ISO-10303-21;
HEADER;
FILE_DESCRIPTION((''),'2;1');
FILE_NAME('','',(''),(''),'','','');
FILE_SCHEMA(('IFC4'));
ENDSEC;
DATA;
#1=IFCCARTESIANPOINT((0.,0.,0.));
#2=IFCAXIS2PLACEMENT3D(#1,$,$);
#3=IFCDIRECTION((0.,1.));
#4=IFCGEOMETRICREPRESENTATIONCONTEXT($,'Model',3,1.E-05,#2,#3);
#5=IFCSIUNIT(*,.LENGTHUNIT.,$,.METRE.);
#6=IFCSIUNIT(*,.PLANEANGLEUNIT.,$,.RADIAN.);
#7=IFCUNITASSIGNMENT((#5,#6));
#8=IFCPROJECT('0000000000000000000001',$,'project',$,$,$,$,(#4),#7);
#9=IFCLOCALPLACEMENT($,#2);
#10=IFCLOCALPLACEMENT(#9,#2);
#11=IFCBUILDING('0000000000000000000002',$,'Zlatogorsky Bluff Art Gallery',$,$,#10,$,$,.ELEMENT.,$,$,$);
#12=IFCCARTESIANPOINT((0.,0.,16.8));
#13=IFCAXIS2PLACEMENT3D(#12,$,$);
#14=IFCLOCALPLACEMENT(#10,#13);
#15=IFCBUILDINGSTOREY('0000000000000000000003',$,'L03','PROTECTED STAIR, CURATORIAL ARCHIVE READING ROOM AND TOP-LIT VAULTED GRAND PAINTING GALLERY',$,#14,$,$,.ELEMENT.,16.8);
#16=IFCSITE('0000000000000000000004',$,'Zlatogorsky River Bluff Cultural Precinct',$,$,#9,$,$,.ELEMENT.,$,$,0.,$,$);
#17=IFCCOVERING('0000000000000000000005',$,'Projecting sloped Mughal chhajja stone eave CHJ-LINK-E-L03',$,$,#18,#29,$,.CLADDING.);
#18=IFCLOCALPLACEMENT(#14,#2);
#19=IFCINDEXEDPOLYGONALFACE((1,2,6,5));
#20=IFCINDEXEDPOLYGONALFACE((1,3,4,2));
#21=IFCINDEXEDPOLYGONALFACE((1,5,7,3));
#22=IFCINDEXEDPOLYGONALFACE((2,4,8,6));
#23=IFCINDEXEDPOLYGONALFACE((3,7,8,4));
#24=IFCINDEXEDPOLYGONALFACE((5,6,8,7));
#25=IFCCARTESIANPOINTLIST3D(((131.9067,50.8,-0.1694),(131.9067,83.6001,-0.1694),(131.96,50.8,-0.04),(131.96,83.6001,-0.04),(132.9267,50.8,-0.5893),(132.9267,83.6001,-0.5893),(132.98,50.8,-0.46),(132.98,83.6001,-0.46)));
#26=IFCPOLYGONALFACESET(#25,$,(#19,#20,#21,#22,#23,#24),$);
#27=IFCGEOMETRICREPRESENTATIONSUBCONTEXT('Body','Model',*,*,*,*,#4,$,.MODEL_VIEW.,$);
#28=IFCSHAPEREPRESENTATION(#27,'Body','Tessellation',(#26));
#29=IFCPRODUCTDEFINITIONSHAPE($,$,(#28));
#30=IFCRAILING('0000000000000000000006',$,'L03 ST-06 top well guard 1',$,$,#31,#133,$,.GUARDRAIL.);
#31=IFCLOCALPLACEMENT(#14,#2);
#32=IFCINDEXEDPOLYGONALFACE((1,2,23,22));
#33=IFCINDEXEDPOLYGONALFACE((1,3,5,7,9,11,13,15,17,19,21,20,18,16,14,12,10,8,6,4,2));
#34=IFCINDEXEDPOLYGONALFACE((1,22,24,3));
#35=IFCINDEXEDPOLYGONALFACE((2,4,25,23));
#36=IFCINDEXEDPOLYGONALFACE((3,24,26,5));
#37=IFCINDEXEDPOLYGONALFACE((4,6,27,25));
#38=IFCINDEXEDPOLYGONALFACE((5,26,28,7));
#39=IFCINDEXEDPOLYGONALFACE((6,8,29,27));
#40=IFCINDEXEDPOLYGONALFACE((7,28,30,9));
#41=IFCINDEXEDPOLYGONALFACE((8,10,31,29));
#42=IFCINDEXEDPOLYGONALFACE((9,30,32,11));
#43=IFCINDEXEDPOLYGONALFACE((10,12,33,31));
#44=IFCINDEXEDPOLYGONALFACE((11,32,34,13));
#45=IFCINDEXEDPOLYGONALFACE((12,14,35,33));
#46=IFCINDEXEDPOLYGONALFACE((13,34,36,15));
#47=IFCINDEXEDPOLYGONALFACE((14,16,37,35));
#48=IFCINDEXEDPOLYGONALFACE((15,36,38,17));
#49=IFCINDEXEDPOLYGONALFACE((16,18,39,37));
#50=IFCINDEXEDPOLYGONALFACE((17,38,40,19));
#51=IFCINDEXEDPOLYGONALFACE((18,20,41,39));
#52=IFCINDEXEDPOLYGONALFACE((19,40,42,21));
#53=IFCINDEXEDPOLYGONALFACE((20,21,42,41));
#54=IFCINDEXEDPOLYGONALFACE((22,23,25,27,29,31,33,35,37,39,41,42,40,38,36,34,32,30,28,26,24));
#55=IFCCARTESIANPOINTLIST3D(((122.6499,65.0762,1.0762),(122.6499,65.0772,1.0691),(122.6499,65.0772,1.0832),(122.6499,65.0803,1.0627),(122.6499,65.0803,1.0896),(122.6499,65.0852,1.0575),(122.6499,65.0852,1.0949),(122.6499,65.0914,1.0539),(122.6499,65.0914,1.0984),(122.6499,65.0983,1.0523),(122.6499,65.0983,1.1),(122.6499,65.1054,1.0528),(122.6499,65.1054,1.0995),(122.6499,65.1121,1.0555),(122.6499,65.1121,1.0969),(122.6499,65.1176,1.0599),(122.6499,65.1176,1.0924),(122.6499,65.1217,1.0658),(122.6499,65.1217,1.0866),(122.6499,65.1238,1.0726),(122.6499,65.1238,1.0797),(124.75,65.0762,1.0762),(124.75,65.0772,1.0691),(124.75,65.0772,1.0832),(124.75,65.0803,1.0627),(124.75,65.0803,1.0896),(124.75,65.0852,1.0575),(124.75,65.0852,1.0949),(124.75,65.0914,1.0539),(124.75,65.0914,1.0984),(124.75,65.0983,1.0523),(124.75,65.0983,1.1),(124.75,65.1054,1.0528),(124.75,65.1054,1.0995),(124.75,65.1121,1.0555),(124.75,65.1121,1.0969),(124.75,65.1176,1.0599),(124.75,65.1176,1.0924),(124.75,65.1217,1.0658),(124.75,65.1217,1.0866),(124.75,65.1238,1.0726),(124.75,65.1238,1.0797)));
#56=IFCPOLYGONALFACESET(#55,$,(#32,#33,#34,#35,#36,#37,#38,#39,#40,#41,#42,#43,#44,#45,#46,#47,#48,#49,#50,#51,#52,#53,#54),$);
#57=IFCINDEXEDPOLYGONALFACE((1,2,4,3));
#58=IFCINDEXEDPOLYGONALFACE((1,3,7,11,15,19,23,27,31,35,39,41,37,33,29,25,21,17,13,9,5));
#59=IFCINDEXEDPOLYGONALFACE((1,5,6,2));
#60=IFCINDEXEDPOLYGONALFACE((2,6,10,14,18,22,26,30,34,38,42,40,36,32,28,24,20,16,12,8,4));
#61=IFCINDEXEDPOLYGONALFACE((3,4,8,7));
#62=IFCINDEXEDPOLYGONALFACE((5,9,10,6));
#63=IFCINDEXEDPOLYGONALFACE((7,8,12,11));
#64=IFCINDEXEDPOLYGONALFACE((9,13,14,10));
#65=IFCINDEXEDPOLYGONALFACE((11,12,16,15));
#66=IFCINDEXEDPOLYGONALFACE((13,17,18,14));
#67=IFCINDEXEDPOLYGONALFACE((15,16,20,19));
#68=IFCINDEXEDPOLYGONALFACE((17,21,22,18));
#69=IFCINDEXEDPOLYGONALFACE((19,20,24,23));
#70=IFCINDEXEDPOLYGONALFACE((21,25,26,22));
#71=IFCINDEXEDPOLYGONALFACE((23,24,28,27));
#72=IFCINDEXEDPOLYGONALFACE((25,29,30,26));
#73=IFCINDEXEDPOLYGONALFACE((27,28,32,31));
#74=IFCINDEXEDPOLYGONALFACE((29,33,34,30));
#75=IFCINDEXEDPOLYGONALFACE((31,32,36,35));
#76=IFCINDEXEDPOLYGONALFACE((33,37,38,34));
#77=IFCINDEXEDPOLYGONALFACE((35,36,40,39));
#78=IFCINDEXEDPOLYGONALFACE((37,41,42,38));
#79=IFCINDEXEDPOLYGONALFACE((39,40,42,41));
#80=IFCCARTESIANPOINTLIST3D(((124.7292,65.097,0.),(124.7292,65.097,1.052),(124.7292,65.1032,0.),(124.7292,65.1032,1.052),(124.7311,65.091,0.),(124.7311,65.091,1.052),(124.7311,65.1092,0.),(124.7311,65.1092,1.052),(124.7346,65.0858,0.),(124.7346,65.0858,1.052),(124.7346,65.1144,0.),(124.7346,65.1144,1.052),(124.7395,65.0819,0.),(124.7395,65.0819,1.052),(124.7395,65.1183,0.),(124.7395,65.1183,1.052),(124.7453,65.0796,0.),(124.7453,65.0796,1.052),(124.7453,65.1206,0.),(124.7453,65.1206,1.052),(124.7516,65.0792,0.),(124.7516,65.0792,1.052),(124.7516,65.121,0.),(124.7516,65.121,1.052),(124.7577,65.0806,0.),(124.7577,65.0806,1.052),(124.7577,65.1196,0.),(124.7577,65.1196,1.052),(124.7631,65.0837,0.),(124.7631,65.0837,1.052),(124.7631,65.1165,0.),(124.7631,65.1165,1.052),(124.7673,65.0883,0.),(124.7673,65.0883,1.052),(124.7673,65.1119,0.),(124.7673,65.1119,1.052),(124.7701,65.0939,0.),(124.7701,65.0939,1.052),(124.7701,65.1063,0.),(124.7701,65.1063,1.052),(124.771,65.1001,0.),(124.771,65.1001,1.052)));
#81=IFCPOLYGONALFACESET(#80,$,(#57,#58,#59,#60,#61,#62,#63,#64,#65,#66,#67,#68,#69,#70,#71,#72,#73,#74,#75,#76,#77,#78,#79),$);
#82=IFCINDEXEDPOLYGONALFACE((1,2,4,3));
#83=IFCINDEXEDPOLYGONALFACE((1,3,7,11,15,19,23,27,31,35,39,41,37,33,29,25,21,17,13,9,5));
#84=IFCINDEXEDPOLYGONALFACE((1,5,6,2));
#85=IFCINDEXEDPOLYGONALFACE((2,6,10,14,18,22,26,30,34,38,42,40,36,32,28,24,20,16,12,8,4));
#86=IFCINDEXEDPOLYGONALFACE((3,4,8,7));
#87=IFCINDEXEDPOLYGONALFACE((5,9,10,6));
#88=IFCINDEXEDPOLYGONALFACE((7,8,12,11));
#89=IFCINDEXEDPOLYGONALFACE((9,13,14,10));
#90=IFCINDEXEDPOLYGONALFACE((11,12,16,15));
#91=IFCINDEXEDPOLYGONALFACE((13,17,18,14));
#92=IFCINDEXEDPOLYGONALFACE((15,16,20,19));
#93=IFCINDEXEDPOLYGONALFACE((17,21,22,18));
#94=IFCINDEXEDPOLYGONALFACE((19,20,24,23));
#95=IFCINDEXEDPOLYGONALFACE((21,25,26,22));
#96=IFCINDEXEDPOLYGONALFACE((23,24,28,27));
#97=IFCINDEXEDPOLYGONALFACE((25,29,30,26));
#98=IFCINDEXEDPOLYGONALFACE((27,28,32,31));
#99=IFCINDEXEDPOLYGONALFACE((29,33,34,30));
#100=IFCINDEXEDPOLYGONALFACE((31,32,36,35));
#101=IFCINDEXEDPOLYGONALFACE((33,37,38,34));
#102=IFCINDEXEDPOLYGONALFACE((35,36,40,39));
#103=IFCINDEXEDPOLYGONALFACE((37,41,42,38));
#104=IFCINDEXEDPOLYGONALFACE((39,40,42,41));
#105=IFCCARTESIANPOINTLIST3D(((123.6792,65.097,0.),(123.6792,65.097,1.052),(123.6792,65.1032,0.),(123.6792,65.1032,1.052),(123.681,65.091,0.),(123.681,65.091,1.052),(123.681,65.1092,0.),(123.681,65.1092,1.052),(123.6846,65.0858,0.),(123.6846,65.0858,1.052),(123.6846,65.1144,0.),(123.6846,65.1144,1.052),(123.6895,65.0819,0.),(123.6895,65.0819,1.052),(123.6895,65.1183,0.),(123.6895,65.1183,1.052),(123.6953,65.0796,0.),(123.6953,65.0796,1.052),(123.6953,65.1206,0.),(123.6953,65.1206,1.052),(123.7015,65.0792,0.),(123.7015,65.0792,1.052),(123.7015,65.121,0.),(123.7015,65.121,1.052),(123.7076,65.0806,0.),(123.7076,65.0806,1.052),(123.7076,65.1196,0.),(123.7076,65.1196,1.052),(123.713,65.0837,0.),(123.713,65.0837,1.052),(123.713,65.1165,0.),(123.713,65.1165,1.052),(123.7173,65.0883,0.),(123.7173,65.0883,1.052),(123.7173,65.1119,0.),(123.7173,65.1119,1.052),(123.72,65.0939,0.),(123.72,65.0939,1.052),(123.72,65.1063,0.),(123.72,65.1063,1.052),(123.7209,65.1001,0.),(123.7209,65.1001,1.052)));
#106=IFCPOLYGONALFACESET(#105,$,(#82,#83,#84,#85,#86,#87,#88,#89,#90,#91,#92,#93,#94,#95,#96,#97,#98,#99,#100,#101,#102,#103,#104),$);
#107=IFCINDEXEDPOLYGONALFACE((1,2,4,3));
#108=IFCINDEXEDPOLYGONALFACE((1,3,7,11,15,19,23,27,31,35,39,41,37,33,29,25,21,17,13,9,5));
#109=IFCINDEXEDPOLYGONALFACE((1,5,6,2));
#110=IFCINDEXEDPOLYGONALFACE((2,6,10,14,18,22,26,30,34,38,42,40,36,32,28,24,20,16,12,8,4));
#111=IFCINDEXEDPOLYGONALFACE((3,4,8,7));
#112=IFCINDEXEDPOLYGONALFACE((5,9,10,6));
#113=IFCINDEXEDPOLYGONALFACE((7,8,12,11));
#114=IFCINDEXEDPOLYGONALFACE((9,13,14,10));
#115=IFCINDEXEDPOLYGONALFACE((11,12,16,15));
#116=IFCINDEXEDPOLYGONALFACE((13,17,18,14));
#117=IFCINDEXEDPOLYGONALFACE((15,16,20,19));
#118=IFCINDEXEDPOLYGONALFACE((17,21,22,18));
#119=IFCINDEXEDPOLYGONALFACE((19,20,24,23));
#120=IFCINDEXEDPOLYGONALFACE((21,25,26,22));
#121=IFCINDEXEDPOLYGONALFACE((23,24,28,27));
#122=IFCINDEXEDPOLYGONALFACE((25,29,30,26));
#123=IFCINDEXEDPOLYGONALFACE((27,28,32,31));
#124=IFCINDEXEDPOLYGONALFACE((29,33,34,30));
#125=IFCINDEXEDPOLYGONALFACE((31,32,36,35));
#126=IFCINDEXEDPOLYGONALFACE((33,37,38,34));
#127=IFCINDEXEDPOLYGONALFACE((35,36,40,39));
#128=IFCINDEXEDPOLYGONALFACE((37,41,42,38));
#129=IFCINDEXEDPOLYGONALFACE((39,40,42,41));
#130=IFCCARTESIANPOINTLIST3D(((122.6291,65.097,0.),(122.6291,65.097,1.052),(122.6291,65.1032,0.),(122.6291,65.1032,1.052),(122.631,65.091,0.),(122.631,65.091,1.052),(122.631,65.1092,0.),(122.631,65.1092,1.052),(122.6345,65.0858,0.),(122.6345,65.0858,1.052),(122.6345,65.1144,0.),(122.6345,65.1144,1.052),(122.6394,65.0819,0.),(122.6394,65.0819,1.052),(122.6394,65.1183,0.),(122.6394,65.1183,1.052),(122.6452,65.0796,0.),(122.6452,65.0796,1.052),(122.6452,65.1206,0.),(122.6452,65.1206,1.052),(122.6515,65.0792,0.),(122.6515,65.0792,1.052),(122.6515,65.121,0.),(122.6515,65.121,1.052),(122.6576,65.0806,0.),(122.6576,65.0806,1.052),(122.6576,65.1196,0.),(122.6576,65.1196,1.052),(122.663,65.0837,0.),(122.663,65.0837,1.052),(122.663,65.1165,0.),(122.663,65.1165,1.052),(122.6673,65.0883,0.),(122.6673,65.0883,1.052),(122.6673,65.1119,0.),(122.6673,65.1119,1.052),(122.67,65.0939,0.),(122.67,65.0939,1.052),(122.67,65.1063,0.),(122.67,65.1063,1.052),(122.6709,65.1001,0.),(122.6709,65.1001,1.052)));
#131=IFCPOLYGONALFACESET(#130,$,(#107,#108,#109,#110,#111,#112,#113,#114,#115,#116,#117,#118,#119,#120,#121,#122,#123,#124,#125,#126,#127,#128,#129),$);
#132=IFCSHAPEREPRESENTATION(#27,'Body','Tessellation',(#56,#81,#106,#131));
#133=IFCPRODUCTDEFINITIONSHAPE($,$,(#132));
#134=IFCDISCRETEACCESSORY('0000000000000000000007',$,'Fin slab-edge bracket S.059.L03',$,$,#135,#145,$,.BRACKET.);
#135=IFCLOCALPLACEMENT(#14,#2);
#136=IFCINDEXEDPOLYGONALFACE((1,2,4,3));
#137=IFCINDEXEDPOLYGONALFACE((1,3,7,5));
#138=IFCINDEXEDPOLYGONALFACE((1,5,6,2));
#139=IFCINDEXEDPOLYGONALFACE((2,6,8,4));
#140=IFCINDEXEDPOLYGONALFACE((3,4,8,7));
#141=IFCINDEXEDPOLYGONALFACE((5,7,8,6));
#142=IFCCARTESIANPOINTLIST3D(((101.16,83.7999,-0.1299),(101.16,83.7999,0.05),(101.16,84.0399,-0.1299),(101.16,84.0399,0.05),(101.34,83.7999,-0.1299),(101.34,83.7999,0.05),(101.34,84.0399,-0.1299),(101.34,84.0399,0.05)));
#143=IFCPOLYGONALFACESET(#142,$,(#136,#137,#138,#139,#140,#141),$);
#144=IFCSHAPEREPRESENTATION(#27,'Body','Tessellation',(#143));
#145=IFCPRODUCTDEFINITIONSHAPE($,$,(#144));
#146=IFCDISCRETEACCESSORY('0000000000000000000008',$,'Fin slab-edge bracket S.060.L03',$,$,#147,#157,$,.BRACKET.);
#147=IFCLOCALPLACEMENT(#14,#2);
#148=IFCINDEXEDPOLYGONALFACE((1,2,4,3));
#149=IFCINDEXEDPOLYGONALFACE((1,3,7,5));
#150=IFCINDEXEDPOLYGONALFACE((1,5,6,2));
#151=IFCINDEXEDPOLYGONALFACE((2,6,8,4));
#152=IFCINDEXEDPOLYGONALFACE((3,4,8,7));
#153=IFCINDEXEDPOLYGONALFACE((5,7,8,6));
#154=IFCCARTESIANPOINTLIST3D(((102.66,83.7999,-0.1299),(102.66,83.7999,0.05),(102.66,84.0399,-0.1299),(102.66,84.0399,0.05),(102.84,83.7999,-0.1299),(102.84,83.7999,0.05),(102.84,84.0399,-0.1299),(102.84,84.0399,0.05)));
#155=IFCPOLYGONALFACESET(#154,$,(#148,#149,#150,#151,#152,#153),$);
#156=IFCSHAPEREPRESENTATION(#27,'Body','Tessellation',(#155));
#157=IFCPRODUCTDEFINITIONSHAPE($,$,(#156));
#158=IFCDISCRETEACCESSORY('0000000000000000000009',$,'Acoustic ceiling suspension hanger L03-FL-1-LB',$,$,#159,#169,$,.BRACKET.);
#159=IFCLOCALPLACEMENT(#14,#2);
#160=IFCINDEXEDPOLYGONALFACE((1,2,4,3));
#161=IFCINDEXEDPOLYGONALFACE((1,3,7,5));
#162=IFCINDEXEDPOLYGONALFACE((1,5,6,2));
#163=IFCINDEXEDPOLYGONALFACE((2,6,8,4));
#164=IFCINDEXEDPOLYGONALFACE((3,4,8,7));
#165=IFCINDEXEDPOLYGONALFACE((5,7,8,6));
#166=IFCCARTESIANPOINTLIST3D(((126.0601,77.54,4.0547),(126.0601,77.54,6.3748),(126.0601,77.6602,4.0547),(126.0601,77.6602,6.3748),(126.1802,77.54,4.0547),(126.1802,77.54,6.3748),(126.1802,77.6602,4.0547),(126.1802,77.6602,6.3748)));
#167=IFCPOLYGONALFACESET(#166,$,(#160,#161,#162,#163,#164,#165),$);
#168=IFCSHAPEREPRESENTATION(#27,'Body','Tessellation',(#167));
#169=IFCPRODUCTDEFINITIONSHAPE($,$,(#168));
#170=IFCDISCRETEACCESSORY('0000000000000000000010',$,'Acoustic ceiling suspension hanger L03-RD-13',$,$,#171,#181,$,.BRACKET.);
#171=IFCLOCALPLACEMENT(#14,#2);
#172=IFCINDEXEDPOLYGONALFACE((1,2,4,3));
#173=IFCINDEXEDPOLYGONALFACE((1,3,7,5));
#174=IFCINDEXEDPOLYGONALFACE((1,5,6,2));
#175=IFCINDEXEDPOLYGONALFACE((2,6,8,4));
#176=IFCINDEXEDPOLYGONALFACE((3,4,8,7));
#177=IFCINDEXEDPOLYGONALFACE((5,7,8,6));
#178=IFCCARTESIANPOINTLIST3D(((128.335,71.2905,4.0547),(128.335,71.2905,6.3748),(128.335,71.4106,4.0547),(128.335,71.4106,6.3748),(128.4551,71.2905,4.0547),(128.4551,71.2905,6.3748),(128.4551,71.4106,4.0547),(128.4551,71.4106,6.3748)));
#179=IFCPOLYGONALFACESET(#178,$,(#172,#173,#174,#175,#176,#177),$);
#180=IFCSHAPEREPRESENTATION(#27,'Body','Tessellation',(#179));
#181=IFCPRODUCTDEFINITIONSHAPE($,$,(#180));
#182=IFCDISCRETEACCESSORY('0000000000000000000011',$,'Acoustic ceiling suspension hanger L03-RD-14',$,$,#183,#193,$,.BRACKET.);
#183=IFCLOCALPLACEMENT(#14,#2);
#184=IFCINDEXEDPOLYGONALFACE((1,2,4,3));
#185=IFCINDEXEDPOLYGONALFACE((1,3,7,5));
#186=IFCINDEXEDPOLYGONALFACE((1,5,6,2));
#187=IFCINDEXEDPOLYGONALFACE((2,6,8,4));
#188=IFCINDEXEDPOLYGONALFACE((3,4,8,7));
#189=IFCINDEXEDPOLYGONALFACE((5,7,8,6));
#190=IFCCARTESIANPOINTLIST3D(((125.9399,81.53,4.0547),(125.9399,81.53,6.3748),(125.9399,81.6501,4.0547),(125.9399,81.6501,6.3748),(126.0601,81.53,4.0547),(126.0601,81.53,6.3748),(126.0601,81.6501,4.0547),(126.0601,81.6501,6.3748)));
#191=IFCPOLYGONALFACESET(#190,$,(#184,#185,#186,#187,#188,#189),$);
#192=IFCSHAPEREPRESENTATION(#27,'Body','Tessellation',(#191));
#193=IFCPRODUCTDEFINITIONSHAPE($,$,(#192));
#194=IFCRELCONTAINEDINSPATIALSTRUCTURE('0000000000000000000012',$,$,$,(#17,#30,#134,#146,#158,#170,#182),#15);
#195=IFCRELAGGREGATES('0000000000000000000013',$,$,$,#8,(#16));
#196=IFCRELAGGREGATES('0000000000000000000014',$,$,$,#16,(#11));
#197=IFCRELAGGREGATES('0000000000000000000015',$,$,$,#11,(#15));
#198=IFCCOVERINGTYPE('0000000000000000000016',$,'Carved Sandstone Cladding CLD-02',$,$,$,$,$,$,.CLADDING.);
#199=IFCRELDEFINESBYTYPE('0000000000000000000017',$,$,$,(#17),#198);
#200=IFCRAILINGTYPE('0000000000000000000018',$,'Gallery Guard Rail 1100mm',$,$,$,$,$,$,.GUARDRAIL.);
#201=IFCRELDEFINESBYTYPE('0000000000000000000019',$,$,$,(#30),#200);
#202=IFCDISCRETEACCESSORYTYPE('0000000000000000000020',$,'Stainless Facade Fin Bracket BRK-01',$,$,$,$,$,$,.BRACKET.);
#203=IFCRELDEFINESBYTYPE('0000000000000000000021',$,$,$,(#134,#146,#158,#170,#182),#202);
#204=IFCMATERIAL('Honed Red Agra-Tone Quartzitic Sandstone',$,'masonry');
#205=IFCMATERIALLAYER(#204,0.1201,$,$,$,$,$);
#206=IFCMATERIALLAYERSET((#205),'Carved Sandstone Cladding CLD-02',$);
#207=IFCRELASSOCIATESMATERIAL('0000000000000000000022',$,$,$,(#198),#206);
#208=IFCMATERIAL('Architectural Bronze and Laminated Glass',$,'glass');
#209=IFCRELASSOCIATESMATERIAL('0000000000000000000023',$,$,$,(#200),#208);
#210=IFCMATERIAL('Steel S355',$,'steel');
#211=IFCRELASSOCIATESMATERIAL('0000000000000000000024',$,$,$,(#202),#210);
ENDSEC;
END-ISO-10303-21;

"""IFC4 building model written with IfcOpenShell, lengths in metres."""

from ifc_helpers import new_model, si_unit, direction, frame, origin, origin_2d, place, context, subcontext, project, spatial, polyline, rectangle, circle, outline, extrude, material, layer, layer_set, type_object, element, save


model = new_model("IFC4")

# Units and contexts
model_context = context("Model", 3, precision=1e-05, world=origin(), true_north=direction((0.0, 1.0)))
body_context = subcontext(model_context, "Body", "Model", "MODEL_VIEW")
ifc_project = project(units=[si_unit("LENGTHUNIT", "METRE"), si_unit("PLANEANGLEUNIT", "RADIAN")], contexts=[model_context])

# Site, building, storey
site_placement = place(None, origin())
site = spatial("IfcSite", under=ifc_project, at=site_placement, Name="Zlatogorsky River Bluff Cultural Precinct", CompositionType="ELEMENT", RefElevation=0.0)
building_placement = place(site_placement, origin())
building = spatial("IfcBuilding", under=site, at=building_placement, Name="Zlatogorsky Bluff Art Gallery", CompositionType="ELEMENT")
storey_placement = place(building_placement, frame((0.0, 0.0, 16.8)))
storey = spatial("IfcBuildingStorey", under=building, at=storey_placement, Name="L03", Description="PROTECTED STAIR, CURATORIAL ARCHIVE READING ROOM AND TOP-LIT VAULTED GRAND PAINTING GALLERY", CompositionType="ELEMENT", Elevation=16.8)

# Shared definitions
ifc_material_1 = material(Name="Steel S355", Category="steel")

# Covering
ifc_material_2 = material(Name="Honed Red Agra-Tone Quartzitic Sandstone", Category="masonry")
ifc_layer_1 = layer(ifc_material_2, 0.1201)
ifc_layer_set_1 = layer_set([ifc_layer_1], Name="Carved Sandstone Cladding CLD-02")
covering_type = type_object("IfcCoveringType", Name="Carved Sandstone Cladding CLD-02", PredefinedType="CLADDING", material=ifc_layer_set_1)
covering_placement = place(storey_placement, frame((131.96, 83.6001, -0.04), z_axis=(0.380683, 0.0, 0.924706), x_axis=(0.0, -1.0, 0.0)))
element("IfcCovering", 1, at=covering_placement, inside=storey, type_object=covering_type, Name="Projecting sloped Mughal chhajja stone eave CHJ-LINK-E-L03", PredefinedType="CLADDING", context=body_context, shape_type="SweptSolid", body=[
    extrude(outline(polyline([(0.0, 0.0), (32.8, 0.0), (32.8, 1.1031), (0.0, 1.1031), (0.0, 0.0)])), origin(), (0.0, 0.0, -1.0), 0.1399),
])

# Railing
ifc_material_3 = material(Name="Architectural Bronze and Laminated Glass", Category="glass")
railing_type = type_object("IfcRailingType", Name="Gallery Guard Rail 1100mm", PredefinedType="GUARDRAIL", material=ifc_material_3)
railing_placement = place(storey_placement, frame((124.75, 65.1001, 0.0)))
element("IfcRailing", 2, at=railing_placement, inside=storey, type_object=railing_type, Name="L03 ST-06 top well guard 1", PredefinedType="GUARDRAIL", context=body_context, shape_type="SweptSolid", body=[
    extrude(circle(Radius=0.0239, at=origin_2d()), frame((0.0, 0.0, 1.0762), z_axis=(-1.0, 0.0, 0.0), x_axis=(0.0, -1.0, 0.0)), (0.0, 0.0, 1.0), 2.1001),
    extrude(circle(Radius=0.021, at=origin_2d()), origin(), (0.0, 0.0, 1.0), 1.052),
    extrude(circle(Radius=0.021, at=origin_2d()), frame((-1.05, 0.0, 0.0)), (0.0, 0.0, 1.0), 1.052),
    extrude(circle(Radius=0.021, at=origin_2d()), frame((-2.1001, 0.0, 0.0)), (0.0, 0.0, 1.0), 1.052),
])

# Discrete accessories
discrete_accessory_type = type_object("IfcDiscreteAccessoryType", Name="Stainless Facade Fin Bracket BRK-01", PredefinedType="BRACKET", material=ifc_material_1)
for number, where, z_axis, x_axis, name in (
    (3, (101.25, 83.9199, -0.1299), (0.0, 0.0, 1.0), (1.0, 0.0, 0.0), "Fin slab-edge bracket S.059.L03"),
    (4, (102.75, 83.9199, -0.1299), (0.0, 0.0, 1.0), (1.0, 0.0, 0.0), "Fin slab-edge bracket S.060.L03"),
):
    element("IfcDiscreteAccessory", number, at=place(storey_placement, frame(where, z_axis=z_axis, x_axis=x_axis)), inside=storey, type_object=discrete_accessory_type, Name=name, PredefinedType="BRACKET", context=body_context, shape_type="SweptSolid", body=[
        extrude(rectangle(XDim=0.1799, YDim=0.24, at=origin_2d()), origin(), (0.0, 0.0, 1.0), 0.1799),
    ])
for number, where, z_axis, x_axis, name in (
    (5, (126.1201, 77.6001, 4.0547), (0.0, 0.0, 1.0), (1.0, 0.0, 0.0), "Acoustic ceiling suspension hanger L03-FL-1-LB"),
    (6, (128.395, 71.3506, 4.0547), (0.0, 0.0, 1.0), (1.0, 0.0, 0.0), "Acoustic ceiling suspension hanger L03-RD-13"),
    (7, (126.0, 81.5901, 4.0547), (0.0, 0.0, 1.0), (1.0, 0.0, 0.0), "Acoustic ceiling suspension hanger L03-RD-14"),
):
    element("IfcDiscreteAccessory", number, at=place(storey_placement, frame(where, z_axis=z_axis, x_axis=x_axis)), inside=storey, type_object=discrete_accessory_type, Name=name, PredefinedType="BRACKET", context=body_context, shape_type="SweptSolid", body=[
        extrude(rectangle(XDim=0.1201, YDim=0.1201, at=origin_2d()), origin(), (0.0, 0.0, 1.0), 2.3201),
    ])

save(model, "model.ifc")
